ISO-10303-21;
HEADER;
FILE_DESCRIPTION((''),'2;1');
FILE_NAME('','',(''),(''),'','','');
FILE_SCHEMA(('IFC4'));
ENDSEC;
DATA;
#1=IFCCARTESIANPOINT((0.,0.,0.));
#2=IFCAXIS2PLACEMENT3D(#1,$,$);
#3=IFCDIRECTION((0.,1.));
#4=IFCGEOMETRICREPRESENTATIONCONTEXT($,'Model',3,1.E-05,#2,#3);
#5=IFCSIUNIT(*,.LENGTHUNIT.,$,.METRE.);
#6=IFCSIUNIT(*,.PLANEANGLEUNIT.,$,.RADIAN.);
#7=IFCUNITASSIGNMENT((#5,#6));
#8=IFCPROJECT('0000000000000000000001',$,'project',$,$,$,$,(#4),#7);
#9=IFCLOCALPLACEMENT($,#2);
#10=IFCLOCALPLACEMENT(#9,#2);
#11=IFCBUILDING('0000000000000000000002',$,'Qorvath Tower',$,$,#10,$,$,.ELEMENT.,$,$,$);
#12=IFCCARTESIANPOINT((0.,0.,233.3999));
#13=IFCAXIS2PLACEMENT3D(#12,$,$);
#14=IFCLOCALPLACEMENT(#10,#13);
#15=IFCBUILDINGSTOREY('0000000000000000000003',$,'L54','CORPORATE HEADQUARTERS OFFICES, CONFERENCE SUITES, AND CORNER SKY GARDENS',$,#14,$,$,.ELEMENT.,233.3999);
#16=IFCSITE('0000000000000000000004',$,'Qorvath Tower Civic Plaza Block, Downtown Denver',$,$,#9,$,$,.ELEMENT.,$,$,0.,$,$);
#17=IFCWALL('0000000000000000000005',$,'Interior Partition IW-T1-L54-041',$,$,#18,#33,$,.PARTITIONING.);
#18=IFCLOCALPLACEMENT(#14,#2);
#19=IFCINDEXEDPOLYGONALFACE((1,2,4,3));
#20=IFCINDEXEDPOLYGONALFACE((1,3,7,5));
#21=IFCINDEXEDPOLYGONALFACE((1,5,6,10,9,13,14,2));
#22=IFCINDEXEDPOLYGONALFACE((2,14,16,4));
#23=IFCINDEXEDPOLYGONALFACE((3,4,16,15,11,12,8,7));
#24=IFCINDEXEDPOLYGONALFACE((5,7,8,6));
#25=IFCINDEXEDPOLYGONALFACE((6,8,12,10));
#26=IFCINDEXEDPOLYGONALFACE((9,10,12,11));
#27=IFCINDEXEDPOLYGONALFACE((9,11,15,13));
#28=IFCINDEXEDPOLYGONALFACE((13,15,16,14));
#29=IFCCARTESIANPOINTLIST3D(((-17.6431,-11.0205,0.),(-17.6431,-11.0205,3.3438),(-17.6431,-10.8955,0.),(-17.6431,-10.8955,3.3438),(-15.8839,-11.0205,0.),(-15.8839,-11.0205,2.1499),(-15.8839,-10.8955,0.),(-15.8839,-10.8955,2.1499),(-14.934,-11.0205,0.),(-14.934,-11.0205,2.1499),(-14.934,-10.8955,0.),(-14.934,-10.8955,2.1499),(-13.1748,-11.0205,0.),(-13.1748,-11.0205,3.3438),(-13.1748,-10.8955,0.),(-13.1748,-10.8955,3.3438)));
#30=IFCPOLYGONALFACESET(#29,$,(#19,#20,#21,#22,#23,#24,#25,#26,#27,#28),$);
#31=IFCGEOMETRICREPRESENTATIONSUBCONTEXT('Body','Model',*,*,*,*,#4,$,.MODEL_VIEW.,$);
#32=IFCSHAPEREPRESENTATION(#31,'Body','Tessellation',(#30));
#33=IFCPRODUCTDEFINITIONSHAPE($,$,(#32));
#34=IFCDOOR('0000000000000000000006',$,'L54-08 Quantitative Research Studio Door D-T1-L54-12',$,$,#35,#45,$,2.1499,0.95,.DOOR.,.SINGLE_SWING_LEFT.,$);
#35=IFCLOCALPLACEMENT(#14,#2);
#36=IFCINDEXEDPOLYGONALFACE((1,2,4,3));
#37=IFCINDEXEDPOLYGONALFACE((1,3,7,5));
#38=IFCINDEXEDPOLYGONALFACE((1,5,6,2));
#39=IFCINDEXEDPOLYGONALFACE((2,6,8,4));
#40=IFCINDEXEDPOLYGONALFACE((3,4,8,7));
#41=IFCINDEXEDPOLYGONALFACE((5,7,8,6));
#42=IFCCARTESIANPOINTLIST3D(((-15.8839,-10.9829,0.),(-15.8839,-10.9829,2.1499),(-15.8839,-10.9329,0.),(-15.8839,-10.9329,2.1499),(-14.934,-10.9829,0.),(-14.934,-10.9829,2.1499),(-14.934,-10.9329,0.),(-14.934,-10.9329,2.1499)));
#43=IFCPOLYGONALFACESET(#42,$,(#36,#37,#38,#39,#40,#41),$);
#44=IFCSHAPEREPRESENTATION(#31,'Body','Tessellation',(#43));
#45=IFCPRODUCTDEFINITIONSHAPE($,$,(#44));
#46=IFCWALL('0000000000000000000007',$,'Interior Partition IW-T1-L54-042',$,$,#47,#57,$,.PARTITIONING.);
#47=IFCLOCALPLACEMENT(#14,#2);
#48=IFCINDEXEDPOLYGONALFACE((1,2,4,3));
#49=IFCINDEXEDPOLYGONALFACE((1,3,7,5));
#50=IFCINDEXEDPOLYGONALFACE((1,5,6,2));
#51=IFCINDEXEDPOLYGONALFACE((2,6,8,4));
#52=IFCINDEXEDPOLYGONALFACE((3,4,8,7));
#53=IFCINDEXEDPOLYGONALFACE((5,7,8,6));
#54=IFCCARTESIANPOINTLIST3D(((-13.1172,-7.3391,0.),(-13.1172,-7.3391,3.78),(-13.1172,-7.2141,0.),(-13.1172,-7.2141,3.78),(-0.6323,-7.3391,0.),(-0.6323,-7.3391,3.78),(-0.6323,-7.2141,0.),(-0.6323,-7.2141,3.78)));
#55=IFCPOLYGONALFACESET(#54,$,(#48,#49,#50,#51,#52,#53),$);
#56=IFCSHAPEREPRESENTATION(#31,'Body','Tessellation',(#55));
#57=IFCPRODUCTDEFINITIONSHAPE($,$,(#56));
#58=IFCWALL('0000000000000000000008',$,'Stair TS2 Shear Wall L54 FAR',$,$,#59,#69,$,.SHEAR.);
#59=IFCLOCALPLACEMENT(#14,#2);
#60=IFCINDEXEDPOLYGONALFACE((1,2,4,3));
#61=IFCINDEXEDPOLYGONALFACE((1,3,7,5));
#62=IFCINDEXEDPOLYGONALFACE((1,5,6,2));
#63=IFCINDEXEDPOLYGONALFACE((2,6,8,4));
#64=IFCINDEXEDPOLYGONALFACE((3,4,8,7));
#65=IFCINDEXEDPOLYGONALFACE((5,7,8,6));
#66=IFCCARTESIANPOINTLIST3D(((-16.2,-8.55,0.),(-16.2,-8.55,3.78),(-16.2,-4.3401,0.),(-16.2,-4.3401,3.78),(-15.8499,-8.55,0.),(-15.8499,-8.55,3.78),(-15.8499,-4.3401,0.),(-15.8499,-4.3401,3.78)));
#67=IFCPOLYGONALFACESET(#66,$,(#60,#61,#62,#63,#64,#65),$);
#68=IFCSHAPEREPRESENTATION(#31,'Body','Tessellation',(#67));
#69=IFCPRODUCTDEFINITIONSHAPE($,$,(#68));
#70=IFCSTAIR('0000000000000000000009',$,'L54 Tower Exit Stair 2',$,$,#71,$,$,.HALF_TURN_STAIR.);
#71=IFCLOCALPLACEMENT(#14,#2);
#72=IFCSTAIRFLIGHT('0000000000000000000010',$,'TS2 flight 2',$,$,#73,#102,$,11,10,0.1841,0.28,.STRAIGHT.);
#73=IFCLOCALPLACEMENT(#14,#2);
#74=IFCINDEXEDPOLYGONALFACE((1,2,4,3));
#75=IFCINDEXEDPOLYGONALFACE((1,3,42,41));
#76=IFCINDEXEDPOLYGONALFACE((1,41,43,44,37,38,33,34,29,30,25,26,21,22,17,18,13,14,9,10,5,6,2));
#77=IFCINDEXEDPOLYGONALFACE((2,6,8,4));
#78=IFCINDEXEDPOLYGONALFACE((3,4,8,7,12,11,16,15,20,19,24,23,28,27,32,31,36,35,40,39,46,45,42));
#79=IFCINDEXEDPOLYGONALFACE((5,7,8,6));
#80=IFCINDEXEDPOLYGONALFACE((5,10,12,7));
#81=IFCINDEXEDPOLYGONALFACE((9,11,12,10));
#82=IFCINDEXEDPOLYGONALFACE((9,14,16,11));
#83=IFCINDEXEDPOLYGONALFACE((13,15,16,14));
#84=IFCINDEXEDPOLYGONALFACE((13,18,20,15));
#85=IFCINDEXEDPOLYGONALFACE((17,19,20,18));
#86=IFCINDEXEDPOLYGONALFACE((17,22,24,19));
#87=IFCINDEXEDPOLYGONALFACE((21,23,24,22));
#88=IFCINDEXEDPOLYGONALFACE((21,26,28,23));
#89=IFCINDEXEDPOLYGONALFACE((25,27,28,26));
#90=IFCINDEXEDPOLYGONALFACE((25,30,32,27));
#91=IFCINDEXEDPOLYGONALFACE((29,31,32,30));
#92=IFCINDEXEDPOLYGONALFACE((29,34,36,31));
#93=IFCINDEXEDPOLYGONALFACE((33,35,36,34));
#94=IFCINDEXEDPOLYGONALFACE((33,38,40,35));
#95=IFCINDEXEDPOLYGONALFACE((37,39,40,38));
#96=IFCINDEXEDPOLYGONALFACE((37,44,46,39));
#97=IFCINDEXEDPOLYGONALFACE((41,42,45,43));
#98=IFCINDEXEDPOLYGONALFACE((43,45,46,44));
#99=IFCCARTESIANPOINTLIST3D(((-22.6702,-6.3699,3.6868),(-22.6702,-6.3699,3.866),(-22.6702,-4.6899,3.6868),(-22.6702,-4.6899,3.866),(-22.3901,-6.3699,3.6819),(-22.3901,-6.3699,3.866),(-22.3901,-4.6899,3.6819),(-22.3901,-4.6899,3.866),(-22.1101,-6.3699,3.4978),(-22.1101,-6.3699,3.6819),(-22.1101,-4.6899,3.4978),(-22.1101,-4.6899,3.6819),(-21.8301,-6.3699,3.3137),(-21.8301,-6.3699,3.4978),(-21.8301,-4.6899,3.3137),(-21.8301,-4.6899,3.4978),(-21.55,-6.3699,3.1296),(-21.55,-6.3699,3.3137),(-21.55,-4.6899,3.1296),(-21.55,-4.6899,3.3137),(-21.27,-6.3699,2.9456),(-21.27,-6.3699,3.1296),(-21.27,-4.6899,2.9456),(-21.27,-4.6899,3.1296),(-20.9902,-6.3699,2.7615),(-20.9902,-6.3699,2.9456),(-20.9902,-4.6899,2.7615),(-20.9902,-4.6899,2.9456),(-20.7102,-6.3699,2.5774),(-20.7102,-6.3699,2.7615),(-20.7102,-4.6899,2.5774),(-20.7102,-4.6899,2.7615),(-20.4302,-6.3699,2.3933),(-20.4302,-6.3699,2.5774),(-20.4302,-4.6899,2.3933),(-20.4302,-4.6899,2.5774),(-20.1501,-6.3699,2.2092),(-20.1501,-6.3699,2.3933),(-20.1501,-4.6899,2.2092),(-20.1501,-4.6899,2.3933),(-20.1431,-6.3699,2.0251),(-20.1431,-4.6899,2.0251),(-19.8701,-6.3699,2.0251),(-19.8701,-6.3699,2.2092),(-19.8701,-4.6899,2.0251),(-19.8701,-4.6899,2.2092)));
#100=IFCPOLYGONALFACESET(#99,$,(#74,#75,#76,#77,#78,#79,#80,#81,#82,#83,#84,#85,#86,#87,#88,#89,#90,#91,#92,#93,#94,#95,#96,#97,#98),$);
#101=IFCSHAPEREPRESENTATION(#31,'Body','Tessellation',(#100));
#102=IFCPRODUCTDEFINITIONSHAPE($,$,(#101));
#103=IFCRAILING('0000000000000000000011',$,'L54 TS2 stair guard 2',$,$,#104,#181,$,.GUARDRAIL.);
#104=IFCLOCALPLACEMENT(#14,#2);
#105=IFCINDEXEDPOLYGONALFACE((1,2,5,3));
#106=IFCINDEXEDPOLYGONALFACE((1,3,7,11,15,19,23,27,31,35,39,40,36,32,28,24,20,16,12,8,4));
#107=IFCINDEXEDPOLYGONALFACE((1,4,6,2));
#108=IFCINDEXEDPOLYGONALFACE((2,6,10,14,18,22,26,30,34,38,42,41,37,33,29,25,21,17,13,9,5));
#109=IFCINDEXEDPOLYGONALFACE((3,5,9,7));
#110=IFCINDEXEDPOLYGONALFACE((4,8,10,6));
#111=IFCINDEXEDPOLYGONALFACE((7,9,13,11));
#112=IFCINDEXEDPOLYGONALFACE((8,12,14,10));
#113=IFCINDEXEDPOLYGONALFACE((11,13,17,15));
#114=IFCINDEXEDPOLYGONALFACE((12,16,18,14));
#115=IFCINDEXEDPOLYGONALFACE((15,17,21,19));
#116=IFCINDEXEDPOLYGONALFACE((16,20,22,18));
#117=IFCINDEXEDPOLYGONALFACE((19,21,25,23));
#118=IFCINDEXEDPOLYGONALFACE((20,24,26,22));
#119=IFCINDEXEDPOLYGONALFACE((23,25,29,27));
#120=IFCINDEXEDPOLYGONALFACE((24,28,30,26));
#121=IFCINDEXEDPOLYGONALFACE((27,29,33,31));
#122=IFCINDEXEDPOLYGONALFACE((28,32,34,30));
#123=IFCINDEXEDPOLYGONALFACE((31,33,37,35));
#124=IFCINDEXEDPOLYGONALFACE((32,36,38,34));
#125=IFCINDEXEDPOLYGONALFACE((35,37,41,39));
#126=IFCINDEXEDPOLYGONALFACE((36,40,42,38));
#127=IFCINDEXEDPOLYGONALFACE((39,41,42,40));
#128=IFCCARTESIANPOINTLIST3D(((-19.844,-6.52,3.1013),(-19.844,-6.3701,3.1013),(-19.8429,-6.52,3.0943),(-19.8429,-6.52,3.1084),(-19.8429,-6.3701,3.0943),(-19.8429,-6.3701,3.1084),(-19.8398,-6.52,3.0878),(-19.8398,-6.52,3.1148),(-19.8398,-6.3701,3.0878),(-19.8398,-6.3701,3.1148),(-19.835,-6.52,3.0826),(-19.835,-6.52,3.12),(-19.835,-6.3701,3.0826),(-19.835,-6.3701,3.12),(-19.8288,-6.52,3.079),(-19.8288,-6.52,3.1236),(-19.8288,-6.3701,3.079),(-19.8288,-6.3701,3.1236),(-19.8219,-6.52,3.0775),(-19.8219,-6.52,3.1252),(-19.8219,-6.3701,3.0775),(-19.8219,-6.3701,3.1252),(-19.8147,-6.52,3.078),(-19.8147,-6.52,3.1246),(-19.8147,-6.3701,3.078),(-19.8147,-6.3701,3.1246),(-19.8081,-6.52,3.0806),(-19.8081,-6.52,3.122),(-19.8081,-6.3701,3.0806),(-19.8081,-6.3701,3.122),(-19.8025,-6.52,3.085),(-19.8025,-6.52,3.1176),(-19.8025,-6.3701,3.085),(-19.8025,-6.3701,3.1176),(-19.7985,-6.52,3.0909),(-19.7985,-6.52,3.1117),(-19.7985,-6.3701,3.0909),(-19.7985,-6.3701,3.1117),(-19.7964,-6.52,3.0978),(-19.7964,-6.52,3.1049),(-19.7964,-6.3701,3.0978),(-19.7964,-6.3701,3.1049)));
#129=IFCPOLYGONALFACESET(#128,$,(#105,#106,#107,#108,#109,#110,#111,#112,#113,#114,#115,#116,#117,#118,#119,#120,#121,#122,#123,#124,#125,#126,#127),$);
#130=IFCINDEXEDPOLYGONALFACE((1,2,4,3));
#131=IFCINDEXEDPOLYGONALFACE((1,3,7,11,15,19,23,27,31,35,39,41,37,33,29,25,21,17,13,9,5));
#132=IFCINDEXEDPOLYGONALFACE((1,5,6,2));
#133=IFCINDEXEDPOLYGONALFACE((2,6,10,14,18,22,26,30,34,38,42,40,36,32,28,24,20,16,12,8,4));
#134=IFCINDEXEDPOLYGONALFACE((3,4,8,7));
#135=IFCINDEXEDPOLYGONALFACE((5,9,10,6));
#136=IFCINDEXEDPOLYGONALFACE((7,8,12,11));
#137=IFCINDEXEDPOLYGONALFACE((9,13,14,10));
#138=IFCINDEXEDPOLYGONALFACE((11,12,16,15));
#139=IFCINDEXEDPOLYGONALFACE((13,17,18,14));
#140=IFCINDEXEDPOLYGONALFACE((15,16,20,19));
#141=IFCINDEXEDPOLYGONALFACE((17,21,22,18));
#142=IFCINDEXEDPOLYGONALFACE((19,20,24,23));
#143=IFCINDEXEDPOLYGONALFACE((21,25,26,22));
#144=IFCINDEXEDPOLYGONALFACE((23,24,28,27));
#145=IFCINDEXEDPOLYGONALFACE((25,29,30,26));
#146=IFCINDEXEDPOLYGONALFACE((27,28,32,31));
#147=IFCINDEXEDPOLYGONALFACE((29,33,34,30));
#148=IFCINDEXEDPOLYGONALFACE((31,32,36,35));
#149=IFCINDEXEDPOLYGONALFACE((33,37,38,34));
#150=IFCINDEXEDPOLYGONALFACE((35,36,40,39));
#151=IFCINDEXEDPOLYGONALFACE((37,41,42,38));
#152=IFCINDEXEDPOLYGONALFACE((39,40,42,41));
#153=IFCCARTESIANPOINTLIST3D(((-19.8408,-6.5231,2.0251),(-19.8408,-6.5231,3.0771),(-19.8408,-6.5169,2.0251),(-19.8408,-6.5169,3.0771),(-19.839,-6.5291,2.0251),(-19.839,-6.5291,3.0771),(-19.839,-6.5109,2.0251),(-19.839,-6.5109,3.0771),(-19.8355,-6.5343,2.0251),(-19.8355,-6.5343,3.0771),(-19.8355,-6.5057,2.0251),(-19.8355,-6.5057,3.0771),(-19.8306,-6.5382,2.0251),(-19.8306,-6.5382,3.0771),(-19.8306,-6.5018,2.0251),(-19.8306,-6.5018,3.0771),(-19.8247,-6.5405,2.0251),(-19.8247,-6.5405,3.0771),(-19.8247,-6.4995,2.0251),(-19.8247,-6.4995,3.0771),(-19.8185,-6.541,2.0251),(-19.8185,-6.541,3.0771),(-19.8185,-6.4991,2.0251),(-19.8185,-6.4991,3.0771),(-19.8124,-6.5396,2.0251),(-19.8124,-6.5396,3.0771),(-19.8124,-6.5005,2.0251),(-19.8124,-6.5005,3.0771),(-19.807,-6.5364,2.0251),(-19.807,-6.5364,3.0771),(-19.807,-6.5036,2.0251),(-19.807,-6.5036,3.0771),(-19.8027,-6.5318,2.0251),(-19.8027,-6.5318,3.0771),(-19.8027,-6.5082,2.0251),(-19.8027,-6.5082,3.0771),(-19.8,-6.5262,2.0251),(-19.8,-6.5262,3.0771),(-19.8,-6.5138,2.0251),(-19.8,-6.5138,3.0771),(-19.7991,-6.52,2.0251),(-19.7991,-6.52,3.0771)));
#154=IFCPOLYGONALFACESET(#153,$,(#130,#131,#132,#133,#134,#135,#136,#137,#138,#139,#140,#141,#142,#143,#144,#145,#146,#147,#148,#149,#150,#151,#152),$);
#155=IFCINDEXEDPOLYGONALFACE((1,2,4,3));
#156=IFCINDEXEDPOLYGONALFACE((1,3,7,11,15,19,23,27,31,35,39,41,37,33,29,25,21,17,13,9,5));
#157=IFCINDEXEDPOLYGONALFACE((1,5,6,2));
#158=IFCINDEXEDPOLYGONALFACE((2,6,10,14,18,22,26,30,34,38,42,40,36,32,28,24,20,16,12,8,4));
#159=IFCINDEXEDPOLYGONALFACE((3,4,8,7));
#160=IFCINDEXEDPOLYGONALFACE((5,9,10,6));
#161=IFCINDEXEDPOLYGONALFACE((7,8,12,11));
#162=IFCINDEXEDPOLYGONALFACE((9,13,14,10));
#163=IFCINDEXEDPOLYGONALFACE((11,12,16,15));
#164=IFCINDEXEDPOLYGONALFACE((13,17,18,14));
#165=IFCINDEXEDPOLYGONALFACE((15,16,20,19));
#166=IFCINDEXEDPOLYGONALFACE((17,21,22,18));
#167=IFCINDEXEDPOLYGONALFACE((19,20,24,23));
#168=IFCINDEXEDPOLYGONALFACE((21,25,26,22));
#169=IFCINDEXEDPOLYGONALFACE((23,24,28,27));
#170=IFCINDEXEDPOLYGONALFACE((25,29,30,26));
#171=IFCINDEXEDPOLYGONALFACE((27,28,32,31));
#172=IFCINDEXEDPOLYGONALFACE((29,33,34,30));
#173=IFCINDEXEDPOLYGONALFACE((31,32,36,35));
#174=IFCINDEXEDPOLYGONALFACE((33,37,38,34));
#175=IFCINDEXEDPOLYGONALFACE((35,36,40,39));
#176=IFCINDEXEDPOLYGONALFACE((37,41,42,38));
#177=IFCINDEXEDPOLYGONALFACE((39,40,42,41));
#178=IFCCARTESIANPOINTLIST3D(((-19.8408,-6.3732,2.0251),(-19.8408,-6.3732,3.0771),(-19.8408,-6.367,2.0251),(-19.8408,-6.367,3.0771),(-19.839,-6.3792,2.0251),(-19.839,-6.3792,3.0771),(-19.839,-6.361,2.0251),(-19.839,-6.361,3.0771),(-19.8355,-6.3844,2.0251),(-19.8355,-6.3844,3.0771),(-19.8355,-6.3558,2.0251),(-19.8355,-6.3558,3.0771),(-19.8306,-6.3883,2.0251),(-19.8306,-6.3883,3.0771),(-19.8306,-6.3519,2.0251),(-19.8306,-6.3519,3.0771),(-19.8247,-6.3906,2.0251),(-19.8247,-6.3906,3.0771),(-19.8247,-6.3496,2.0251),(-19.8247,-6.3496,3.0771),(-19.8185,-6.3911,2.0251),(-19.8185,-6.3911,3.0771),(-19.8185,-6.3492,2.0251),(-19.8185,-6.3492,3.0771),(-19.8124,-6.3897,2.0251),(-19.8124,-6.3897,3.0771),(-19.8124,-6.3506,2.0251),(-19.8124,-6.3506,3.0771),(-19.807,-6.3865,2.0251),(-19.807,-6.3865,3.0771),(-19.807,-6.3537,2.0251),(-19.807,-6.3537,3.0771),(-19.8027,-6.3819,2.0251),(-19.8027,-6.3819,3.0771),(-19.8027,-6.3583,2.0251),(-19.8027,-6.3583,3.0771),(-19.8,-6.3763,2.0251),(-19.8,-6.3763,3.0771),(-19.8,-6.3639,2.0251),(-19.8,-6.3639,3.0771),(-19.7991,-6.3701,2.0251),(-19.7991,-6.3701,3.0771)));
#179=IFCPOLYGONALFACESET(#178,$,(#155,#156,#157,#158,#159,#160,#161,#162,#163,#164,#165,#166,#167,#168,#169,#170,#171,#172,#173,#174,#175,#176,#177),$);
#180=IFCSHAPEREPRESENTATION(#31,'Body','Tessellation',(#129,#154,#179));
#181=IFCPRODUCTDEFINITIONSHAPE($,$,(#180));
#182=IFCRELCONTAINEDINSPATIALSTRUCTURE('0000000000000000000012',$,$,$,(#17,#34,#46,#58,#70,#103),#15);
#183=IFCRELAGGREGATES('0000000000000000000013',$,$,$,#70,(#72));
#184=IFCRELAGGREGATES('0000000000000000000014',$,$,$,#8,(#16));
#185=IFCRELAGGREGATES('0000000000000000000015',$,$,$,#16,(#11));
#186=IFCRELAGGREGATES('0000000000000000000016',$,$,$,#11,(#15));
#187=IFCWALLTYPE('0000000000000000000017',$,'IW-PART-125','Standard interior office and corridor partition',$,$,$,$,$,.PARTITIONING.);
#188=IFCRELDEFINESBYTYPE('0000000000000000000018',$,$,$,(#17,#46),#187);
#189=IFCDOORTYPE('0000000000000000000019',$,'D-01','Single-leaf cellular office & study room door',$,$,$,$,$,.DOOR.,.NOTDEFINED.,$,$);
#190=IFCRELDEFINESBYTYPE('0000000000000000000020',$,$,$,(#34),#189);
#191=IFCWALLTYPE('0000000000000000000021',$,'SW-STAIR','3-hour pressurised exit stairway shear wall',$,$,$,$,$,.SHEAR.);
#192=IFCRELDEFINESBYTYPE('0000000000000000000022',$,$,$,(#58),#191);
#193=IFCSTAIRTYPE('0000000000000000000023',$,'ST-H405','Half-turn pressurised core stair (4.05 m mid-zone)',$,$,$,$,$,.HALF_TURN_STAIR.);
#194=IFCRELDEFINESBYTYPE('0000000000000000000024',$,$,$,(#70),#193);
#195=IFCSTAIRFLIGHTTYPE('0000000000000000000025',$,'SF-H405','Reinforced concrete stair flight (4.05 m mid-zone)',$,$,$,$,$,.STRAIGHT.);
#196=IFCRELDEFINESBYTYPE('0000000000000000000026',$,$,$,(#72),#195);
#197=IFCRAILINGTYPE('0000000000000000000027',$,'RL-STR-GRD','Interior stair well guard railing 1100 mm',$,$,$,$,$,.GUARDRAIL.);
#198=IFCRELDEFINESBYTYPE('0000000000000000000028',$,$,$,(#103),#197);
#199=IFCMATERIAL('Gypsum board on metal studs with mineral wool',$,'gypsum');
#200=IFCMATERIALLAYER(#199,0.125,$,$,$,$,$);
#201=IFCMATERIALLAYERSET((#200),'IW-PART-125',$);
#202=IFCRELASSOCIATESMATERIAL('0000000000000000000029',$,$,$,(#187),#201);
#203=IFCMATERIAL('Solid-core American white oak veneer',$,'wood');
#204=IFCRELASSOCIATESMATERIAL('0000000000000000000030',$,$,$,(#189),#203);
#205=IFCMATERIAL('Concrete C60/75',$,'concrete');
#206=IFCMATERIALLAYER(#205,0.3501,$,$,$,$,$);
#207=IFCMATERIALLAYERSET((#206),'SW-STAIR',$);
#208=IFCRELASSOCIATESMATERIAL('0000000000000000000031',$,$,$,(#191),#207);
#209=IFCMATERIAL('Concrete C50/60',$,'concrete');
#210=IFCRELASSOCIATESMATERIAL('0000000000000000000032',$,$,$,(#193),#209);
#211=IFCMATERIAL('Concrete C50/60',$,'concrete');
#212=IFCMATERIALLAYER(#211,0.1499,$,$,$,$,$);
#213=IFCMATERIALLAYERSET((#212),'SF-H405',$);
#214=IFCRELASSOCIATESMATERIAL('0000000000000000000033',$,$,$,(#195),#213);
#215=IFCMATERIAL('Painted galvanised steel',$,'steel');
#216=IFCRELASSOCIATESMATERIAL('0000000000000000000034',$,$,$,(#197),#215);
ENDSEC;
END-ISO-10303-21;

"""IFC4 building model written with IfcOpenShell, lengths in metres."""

from ifc_helpers import new_model, si_unit, direction, frame, frame_2d, origin, origin_2d, place, context, subcontext, project, spatial, polyline, rectangle, circle, outline, extrude, material, layer, layer_set, type_object, element, fill, aggregate, save


model = new_model("IFC4")

# Units and contexts
model_context = context("Model", 3, precision=1e-05, world=origin(), true_north=direction((0.0, 1.0)))
body_context = subcontext(model_context, "Body", "Model", "MODEL_VIEW")
ifc_project = project(units=[si_unit("LENGTHUNIT", "METRE"), si_unit("PLANEANGLEUNIT", "RADIAN")], contexts=[model_context])

# Site, building, storey
site_placement = place(None, origin())
site = spatial("IfcSite", under=ifc_project, at=site_placement, Name="Qorvath Tower Civic Plaza Block, Downtown Denver", CompositionType="ELEMENT", RefElevation=0.0)
building_placement = place(site_placement, origin())
building = spatial("IfcBuilding", under=site, at=building_placement, Name="Qorvath Tower", CompositionType="ELEMENT")
storey_placement = place(building_placement, frame((0.0, 0.0, 233.3999)))
storey = spatial("IfcBuildingStorey", under=building, at=storey_placement, Name="L54", Description="CORPORATE HEADQUARTERS OFFICES, CONFERENCE SUITES, AND CORNER SKY GARDENS", CompositionType="ELEMENT", Elevation=233.3999)

# Shared definitions
ifc_material_1 = material(Name="Gypsum board on metal studs with mineral wool", Category="gypsum")
ifc_layer_1 = layer(ifc_material_1, 0.125)
ifc_layer_set_1 = layer_set([ifc_layer_1], Name="IW-PART-125")
wall_type_1 = type_object("IfcWallType", Name="IW-PART-125", Description="Standard interior office and corridor partition", PredefinedType="PARTITIONING", material=ifc_layer_set_1)

# Wall, opening, door
wall_1_placement = place(storey_placement, frame((-13.1748, -10.958, 0.0), z_axis=(0.0, 0.0, 1.0), x_axis=(-1.0, 0.0, 0.0)))
wall_1 = element("IfcWall", 1, at=wall_1_placement, inside=storey, type_object=wall_type_1, Name="Interior Partition IW-T1-L54-041", PredefinedType="PARTITIONING", context=body_context, shape_type="SweptSolid", body=[
    extrude(rectangle(XDim=4.4683, YDim=0.125, at=frame_2d((2.2341, 0.0))), origin(), (0.0, 0.0, 1.0), 3.3438),
])
opening_1_placement = place(wall_1_placement, frame((1.759, 0.0, 0.0)))
opening_1 = element("IfcOpeningElement", 2, at=opening_1_placement, cuts=wall_1, PredefinedType="OPENING", context=body_context, shape_type="SweptSolid", body=[
    extrude(rectangle(XDim=0.95, YDim=2.1499, at=frame_2d((0.4751, 1.075))), frame((0.0, 0.0725, 0.0), z_axis=(0.0, -1.0, 0.0), x_axis=(1.0, 0.0, 0.0)), (0.0, 0.0, 1.0), 0.145),
])
ifc_material_2 = material(Name="Solid-core American white oak veneer", Category="wood")
door_type_1 = type_object("IfcDoorType", Name="D-01", Description="Single-leaf cellular office & study room door", OperationType="NOTDEFINED", PredefinedType="DOOR", material=ifc_material_2)
door_1_placement = place(opening_1_placement, origin())
door_1 = element("IfcDoor", 3, at=door_1_placement, inside=storey, type_object=door_type_1, Name="L54-08 Quantitative Research Studio Door D-T1-L54-12", OperationType="SINGLE_SWING_LEFT", OverallHeight=2.1499, OverallWidth=0.95, PredefinedType="DOOR", context=body_context, shape_type="SweptSolid", body=[
    extrude(rectangle(XDim=0.95, YDim=2.1499, at=frame_2d((0.4751, 1.075))), frame((0.0, 0.0249, 0.0), z_axis=(0.0, -1.0, 0.0), x_axis=(1.0, 0.0, 0.0)), (0.0, 0.0, 1.0), 0.05),
])
fill(opening_1, door_1)

# Wall
wall_2_placement = place(storey_placement, frame((-0.6323, -7.2766, 0.0), z_axis=(0.0, 0.0, 1.0), x_axis=(-1.0, 0.0, 0.0)))
element("IfcWall", 4, at=wall_2_placement, inside=storey, type_object=wall_type_1, Name="Interior Partition IW-T1-L54-042", PredefinedType="PARTITIONING", context=body_context, shape_type="SweptSolid", body=[
    extrude(rectangle(XDim=12.4849, YDim=0.125, at=frame_2d((6.2424, 0.0))), origin(), (0.0, 0.0, 1.0), 3.78),
])

# Wall
ifc_material_3 = material(Name="Concrete C60/75", Category="concrete")
ifc_layer_2 = layer(ifc_material_3, 0.3501)
ifc_layer_set_2 = layer_set([ifc_layer_2], Name="SW-STAIR")
wall_type_2 = type_object("IfcWallType", Name="SW-STAIR", Description="3-hour pressurised exit stairway shear wall", PredefinedType="SHEAR", material=ifc_layer_set_2)
wall_3_placement = place(storey_placement, frame((-16.0249, -8.55, 0.0), z_axis=(0.0, 0.0, 1.0), x_axis=(0.0, 1.0, 0.0)))
element("IfcWall", 5, at=wall_3_placement, inside=storey, type_object=wall_type_2, Name="Stair TS2 Shear Wall L54 FAR", PredefinedType="SHEAR", context=body_context, shape_type="SweptSolid", body=[
    extrude(rectangle(XDim=4.21, YDim=0.3501, at=frame_2d((2.105, 0.0))), origin(), (0.0, 0.0, 1.0), 3.78),
])

# Stair, stair flight
ifc_material_4 = material(Name="Concrete C50/60", Category="concrete")
stair_type = type_object("IfcStairType", Name="ST-H405", Description="Half-turn pressurised core stair (4.05 m mid-zone)", PredefinedType="HALF_TURN_STAIR", material=ifc_material_4)
stair_placement = place(storey_placement, origin())
stair = element("IfcStair", 6, at=stair_placement, inside=storey, type_object=stair_type, Name="L54 Tower Exit Stair 2", PredefinedType="HALF_TURN_STAIR")
ifc_material_5 = material(Name="Concrete C50/60", Category="concrete")
ifc_layer_3 = layer(ifc_material_5, 0.1499)
ifc_layer_set_3 = layer_set([ifc_layer_3], Name="SF-H405")
stair_flight_type = type_object("IfcStairFlightType", Name="SF-H405", Description="Reinforced concrete stair flight (4.05 m mid-zone)", PredefinedType="STRAIGHT", material=ifc_layer_set_3)
stair_flight_placement = place(storey_placement, frame((-19.8701, -5.53, 2.0251), z_axis=(0.0, 0.0, 1.0), x_axis=(-1.0, 0.0, 0.0)))
stair_flight = element("IfcStairFlight", 7, at=stair_flight_placement, type_object=stair_flight_type, Name="TS2 flight 2", NumberOfRisers=11, NumberOfTreads=10, PredefinedType="STRAIGHT", RiserHeight=0.1841, TreadLength=0.28, context=body_context, shape_type="SweptSolid", body=[
    extrude(outline(polyline([(0.0, 0.0), (0.0, 0.1841), (0.28, 0.1841), (0.28, 0.3682), (0.5601, 0.3682), (0.5601, 0.5522), (0.8401, 0.5522), (0.8401, 0.7363), (1.1201, 0.7363), (1.1201, 0.9204), (1.3999, 0.9204), (1.3999, 1.1045), (1.6799, 1.1045), (1.6799, 1.2886), (1.96, 1.2886), (1.96, 1.4727), (2.24, 1.4727), (2.24, 1.6567), (2.52, 1.6567), (2.52, 1.8408), (2.8, 1.8408), (2.8, 2.0249), (2.8, 1.6616), (0.2729, 0.0), (0.0, 0.0)])), frame((0.0, 0.8398, 0.0), z_axis=(0.0, -1.0, 0.0), x_axis=(1.0, 0.0, 0.0)), (0.0, 0.0, 1.0), 1.6799),
])
aggregate(stair, [stair_flight])

# Railing
ifc_material_6 = material(Name="Painted galvanised steel", Category="steel")
railing_type = type_object("IfcRailingType", Name="RL-STR-GRD", Description="Interior stair well guard railing 1100 mm", PredefinedType="GUARDRAIL", material=ifc_material_6)
railing_1_placement = place(storey_placement, frame((-19.8201, -6.52, 2.0251)))
element("IfcRailing", 8, at=railing_1_placement, inside=storey, type_object=railing_type, Name="L54 TS2 stair guard 2", PredefinedType="GUARDRAIL", context=body_context, shape_type="SweptSolid", body=[
    extrude(circle(Radius=0.0239, at=origin_2d()), frame((0.0, 0.0, 1.0762), z_axis=(0.0, 1.0, 0.0), x_axis=(-1.0, 0.0, 0.0)), (0.0, 0.0, 1.0), 0.1499),
    extrude(circle(Radius=0.021, at=origin_2d()), origin(), (0.0, 0.0, 1.0), 1.052),
    extrude(circle(Radius=0.021, at=origin_2d()), frame((0.0, 0.1499, 0.0)), (0.0, 0.0, 1.0), 1.052),
])

save(model, "model.ifc")
